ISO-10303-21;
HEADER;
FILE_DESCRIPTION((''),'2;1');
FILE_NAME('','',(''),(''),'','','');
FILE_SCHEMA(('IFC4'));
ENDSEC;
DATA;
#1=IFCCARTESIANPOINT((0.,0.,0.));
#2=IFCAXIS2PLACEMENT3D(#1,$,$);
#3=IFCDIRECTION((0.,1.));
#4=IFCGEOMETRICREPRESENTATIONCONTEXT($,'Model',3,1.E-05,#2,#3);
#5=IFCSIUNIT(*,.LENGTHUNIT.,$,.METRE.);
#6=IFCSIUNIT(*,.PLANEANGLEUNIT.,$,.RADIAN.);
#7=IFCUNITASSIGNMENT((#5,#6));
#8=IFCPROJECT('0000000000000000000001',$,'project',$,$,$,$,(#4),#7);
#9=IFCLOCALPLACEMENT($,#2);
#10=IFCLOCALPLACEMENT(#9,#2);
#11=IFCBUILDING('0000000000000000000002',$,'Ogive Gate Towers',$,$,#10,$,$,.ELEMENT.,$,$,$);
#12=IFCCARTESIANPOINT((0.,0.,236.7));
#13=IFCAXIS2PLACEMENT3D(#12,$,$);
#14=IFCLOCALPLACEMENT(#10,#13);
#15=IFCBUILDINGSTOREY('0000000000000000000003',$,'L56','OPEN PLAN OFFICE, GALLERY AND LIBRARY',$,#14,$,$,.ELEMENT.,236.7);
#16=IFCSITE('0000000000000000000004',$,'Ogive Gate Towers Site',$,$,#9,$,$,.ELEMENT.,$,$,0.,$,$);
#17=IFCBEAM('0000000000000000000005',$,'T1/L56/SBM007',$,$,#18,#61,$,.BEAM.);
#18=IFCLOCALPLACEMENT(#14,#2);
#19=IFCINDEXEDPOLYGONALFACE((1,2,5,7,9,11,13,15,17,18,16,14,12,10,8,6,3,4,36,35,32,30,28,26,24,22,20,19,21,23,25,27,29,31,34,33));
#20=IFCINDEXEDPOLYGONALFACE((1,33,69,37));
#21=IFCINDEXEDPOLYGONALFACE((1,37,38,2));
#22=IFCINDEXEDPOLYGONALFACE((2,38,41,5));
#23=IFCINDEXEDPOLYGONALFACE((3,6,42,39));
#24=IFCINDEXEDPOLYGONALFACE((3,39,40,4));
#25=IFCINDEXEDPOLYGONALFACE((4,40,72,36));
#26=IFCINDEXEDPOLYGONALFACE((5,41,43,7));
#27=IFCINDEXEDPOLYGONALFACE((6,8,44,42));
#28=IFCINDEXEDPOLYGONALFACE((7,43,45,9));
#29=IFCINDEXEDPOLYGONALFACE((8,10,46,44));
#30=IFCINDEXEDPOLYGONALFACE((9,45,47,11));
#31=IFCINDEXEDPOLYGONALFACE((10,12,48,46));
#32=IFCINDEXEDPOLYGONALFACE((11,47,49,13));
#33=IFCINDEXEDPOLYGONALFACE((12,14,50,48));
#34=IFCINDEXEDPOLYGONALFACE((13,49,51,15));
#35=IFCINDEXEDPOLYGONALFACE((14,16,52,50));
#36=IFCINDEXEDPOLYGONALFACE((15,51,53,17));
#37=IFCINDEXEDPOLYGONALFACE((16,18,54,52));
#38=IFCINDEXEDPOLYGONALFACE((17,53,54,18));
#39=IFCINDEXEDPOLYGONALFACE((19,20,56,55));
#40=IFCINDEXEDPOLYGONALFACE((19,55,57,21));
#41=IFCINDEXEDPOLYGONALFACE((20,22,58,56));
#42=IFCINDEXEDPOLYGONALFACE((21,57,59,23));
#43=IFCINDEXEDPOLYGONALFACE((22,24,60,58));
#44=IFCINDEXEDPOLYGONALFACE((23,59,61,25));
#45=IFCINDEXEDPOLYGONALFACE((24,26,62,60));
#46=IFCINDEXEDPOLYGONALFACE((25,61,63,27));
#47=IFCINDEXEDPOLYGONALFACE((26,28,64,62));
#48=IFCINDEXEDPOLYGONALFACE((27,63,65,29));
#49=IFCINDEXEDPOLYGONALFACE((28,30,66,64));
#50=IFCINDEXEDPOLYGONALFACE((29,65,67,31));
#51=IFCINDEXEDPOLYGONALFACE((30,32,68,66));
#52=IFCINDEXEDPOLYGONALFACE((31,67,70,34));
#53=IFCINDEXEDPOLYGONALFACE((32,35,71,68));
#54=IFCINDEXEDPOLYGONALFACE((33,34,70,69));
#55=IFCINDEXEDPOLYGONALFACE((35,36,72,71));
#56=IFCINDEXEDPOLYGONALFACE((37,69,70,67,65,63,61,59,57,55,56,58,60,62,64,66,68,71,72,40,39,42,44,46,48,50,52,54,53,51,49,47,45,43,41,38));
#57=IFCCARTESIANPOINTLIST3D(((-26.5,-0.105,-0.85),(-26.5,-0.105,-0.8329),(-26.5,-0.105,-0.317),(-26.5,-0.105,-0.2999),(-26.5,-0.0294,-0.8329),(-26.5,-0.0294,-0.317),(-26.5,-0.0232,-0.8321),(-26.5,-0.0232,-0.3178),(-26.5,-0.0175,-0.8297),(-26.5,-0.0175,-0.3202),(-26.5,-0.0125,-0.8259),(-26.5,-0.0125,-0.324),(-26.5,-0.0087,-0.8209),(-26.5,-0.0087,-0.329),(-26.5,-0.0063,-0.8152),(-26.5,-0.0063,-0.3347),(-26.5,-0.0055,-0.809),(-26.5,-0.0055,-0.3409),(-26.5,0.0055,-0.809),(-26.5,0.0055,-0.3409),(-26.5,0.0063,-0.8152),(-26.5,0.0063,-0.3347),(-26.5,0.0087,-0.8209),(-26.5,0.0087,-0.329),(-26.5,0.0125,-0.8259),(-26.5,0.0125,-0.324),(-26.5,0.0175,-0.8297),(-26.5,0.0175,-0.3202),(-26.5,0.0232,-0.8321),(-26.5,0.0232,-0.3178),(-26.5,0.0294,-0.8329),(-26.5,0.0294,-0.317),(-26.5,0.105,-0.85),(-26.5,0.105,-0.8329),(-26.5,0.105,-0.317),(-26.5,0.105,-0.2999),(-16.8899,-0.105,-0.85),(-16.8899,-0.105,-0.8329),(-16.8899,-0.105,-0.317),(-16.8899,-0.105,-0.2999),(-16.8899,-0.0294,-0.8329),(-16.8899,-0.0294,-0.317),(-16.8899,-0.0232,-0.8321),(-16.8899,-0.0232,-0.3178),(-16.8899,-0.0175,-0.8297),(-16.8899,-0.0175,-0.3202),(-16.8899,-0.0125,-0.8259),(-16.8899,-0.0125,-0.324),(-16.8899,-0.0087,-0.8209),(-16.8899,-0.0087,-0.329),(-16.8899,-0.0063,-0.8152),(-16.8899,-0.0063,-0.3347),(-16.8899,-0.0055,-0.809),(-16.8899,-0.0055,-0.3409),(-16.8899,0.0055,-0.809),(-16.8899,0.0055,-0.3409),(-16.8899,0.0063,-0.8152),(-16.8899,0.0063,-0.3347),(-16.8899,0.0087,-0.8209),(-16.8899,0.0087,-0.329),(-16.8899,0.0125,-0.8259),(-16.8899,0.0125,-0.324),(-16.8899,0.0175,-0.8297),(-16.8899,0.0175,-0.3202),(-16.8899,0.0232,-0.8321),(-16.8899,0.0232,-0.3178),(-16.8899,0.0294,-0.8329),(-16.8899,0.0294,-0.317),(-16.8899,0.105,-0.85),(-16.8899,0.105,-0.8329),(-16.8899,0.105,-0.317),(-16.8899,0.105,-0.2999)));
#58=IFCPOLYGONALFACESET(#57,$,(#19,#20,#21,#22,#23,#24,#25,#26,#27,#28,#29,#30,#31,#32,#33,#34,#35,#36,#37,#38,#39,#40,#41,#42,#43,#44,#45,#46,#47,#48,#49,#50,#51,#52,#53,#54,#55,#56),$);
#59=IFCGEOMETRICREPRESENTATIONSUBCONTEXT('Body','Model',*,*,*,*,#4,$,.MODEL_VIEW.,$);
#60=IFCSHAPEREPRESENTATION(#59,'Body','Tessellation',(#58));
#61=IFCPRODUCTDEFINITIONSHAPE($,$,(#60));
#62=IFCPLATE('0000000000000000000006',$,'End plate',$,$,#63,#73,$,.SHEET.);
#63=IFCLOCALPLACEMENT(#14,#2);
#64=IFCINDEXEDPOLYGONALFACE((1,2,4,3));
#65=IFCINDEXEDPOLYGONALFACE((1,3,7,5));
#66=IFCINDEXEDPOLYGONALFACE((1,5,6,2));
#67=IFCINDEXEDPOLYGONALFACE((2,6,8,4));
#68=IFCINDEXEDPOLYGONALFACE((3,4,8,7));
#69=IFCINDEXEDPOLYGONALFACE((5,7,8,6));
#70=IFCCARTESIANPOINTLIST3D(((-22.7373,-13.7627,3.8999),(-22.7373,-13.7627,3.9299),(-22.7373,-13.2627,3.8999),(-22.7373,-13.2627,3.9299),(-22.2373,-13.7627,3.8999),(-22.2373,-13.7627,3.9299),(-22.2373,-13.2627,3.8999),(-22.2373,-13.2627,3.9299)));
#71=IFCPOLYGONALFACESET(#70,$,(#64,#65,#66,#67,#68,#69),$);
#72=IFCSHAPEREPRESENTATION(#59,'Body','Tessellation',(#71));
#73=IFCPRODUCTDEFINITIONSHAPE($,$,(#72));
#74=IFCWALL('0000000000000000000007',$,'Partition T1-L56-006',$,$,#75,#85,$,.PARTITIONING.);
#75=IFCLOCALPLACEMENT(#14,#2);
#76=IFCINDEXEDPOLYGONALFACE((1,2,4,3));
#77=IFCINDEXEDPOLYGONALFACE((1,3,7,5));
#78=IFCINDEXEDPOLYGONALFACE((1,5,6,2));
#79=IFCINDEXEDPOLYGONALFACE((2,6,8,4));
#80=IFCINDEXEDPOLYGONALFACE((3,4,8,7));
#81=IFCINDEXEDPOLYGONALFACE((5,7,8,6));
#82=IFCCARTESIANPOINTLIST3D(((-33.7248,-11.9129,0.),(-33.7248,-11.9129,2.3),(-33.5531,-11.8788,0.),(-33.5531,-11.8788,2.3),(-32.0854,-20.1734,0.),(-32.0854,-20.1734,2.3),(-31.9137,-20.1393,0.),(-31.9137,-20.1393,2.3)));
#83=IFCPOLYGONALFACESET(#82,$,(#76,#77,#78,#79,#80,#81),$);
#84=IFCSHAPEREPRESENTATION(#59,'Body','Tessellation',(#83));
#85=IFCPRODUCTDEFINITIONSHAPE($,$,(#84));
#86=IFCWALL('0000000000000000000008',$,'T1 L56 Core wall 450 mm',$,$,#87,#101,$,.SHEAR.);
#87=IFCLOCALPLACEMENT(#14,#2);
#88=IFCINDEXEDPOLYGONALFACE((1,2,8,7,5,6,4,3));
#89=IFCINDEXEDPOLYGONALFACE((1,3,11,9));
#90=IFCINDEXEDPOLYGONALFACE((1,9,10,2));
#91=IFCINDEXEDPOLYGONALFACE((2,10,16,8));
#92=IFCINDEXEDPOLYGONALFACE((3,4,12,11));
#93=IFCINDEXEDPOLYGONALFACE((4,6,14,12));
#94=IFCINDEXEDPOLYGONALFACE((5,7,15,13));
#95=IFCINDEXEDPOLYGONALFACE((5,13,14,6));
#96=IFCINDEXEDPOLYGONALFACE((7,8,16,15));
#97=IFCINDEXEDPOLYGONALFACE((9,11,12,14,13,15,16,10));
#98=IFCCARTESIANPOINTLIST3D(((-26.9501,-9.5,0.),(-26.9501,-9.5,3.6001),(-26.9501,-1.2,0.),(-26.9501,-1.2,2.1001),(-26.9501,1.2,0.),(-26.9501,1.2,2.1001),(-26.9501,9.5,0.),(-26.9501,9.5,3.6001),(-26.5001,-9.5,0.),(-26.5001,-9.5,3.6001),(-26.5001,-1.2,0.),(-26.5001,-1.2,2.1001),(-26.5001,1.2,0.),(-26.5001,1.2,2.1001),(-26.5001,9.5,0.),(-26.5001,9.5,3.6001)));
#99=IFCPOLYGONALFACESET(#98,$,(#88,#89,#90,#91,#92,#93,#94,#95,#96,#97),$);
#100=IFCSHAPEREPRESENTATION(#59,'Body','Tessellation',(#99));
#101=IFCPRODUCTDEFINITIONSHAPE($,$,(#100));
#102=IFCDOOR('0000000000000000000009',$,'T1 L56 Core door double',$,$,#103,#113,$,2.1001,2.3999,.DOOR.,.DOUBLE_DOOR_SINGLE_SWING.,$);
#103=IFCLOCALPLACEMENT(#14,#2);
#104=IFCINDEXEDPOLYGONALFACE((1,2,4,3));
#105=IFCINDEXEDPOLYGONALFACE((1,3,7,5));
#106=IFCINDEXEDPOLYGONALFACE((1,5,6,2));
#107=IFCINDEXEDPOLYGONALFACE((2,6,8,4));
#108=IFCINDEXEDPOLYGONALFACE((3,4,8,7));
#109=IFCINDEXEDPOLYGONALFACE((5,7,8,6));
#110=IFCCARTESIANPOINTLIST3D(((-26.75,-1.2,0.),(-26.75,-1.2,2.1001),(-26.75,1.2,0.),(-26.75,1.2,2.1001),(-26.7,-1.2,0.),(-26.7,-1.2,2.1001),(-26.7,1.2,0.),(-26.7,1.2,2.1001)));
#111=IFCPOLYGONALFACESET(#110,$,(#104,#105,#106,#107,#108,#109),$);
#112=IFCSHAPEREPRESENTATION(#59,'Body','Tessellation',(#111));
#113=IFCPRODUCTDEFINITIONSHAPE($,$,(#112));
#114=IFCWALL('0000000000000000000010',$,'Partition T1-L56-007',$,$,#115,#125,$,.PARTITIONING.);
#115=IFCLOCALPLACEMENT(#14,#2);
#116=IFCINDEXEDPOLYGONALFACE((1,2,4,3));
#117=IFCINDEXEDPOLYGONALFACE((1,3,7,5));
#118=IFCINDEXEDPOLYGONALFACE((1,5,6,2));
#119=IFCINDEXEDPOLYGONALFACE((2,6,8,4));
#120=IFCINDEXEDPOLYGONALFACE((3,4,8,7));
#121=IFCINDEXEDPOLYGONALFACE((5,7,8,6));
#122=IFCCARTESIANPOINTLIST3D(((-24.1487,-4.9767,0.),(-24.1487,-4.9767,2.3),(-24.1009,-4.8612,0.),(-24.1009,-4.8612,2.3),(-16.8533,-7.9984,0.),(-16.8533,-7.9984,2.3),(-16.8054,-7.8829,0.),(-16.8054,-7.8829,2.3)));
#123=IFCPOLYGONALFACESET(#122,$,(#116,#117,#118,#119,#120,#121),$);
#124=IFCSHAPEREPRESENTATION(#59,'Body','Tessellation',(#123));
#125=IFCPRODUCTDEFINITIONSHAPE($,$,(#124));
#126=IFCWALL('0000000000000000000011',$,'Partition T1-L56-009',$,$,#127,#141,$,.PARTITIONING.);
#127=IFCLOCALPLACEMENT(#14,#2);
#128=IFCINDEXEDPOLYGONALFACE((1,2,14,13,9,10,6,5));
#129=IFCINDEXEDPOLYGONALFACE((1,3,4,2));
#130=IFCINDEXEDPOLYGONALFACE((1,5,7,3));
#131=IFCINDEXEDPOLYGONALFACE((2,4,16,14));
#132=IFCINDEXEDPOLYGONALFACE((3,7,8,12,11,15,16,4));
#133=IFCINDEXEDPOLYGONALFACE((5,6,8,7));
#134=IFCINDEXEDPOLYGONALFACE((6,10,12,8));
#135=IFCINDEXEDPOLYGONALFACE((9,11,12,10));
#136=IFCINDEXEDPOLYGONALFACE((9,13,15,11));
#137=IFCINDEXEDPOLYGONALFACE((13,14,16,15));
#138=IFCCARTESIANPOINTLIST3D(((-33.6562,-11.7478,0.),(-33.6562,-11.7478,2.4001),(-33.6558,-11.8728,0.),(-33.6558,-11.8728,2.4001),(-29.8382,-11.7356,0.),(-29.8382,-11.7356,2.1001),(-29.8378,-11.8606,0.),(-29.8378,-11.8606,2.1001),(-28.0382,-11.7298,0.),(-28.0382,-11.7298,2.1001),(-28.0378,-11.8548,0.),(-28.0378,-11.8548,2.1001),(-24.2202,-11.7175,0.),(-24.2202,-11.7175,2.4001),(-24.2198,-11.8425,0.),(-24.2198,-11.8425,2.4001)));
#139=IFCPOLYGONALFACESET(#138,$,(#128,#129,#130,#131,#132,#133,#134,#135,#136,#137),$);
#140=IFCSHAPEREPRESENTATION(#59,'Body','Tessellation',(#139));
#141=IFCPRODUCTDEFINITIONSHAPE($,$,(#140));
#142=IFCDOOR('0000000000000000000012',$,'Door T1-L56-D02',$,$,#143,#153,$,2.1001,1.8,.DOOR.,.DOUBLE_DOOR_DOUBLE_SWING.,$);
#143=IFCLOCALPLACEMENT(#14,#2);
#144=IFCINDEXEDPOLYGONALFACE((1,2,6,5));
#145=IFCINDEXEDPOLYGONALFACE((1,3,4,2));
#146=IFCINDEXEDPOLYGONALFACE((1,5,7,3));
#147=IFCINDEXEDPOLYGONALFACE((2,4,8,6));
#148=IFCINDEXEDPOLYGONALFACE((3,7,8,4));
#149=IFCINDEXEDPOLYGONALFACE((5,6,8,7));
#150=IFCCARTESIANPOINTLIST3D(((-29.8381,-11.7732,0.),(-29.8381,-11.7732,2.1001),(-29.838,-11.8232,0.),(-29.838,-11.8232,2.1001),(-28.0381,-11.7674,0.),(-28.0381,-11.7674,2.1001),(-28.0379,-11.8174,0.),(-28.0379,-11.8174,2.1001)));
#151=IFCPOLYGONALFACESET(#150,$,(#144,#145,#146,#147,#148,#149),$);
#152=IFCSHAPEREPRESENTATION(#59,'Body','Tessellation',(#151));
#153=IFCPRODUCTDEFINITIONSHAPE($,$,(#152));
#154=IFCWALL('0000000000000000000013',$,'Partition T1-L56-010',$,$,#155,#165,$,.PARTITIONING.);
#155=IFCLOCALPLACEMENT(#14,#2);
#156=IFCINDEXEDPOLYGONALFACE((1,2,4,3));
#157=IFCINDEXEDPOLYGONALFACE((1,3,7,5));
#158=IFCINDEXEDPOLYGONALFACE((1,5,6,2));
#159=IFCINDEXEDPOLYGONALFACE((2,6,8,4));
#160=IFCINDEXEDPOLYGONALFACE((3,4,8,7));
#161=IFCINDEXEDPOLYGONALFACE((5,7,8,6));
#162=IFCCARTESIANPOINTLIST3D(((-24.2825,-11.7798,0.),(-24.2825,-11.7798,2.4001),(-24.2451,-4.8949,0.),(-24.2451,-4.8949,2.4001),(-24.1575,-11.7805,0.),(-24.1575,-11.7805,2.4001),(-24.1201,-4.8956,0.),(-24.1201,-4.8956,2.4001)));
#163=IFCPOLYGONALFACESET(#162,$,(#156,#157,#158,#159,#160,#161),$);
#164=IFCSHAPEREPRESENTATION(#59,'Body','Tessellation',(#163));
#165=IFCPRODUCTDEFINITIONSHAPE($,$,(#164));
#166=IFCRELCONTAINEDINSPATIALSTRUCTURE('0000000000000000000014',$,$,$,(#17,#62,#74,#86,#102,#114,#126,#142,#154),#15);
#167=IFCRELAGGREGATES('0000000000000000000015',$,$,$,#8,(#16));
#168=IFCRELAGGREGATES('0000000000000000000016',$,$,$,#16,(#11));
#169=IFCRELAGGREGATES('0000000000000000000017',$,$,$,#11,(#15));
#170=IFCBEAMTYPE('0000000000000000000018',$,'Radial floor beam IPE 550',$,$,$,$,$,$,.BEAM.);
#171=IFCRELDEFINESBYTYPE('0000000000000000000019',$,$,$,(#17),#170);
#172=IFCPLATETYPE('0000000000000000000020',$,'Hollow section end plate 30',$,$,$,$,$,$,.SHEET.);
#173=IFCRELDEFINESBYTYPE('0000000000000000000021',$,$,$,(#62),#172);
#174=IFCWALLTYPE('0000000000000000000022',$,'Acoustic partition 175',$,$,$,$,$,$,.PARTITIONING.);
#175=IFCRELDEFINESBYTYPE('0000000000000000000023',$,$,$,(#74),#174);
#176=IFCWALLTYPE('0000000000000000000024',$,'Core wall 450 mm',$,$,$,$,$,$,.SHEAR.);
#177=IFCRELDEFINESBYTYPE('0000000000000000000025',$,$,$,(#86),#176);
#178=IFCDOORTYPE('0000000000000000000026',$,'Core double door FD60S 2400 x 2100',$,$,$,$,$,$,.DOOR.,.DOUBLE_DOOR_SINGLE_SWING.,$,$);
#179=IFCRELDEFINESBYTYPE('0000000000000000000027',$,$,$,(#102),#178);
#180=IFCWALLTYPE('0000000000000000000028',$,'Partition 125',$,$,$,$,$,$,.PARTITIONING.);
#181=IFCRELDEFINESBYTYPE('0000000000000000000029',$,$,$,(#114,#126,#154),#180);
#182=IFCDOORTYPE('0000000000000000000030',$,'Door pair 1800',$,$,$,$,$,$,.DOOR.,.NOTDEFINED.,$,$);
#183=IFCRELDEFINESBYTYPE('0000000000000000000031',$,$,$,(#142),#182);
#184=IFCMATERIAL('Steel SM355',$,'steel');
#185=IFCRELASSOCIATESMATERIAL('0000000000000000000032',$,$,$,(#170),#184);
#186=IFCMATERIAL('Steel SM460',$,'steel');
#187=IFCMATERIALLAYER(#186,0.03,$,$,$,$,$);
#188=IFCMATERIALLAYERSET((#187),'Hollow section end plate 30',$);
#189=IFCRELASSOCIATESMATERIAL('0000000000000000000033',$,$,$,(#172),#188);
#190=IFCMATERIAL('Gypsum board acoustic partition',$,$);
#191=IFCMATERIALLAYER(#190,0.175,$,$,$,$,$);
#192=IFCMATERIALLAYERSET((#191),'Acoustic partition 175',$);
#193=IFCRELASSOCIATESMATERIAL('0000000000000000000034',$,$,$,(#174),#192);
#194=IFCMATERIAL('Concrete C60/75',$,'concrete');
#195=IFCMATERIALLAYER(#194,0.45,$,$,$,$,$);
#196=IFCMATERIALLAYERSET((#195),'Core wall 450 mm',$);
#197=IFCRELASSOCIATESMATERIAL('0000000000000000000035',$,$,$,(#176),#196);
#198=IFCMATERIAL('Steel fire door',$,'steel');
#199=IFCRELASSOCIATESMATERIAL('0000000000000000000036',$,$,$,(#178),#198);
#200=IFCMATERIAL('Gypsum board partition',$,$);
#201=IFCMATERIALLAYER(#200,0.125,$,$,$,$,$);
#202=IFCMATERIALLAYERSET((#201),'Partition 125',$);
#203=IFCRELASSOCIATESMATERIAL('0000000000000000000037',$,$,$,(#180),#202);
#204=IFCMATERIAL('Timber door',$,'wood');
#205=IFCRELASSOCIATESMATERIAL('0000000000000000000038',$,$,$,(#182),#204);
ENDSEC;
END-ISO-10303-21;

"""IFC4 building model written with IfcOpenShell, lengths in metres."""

from ifc_helpers import new_model, si_unit, direction, frame, frame_2d, origin, origin_2d, place, context, subcontext, project, spatial, polyline, rectangle, i_section, outline, extrude, material, layer, layer_set, material_profile, profile_set, type_object, element, fill, save


model = new_model("IFC4")

# Units and contexts
model_context = context("Model", 3, precision=1e-05, world=origin(), true_north=direction((0.0, 1.0)))
body_context = subcontext(model_context, "Body", "Model", "MODEL_VIEW")
ifc_project = project(units=[si_unit("LENGTHUNIT", "METRE"), si_unit("PLANEANGLEUNIT", "RADIAN")], contexts=[model_context])

# Site, building, storey
site_placement = place(None, origin())
site = spatial("IfcSite", under=ifc_project, at=site_placement, Name="Ogive Gate Towers Site", CompositionType="ELEMENT", RefElevation=0.0)
building_placement = place(site_placement, origin())
building = spatial("IfcBuilding", under=site, at=building_placement, Name="Ogive Gate Towers", CompositionType="ELEMENT")
storey_placement = place(building_placement, frame((0.0, 0.0, 236.7)))
storey = spatial("IfcBuildingStorey", under=building, at=storey_placement, Name="L56", Description="OPEN PLAN OFFICE, GALLERY AND LIBRARY", CompositionType="ELEMENT", Elevation=236.7)

# Shared definitions
ifc_material_1 = material(Name="Steel SM460", Category="steel")

# Beam
ifc_material_2 = material(Name="Steel SM355", Category="steel")
ifc_material_profile_1 = material_profile(ifc_material_2, i_section(OverallWidth=0.21, OverallDepth=0.55, WebThickness=0.011, FlangeThickness=0.0171, FilletRadius=0.0239, at=origin_2d()), Name="IPE 550")
ifc_profile_set_1 = profile_set([ifc_material_profile_1], Name="Steel SM355")
beam_type_1 = type_object("IfcBeamType", Name="Radial floor beam IPE 550", PredefinedType="BEAM", material=ifc_profile_set_1)
beam_1_placement = place(storey_placement, frame((-26.5, 0.0, -0.575), z_axis=(1.0, 0.0, 0.0), x_axis=(0.0, 1.0, 0.0)))
element("IfcBeam", 1, at=beam_1_placement, inside=storey, type_object=beam_type_1, Name="T1/L56/SBM007", PredefinedType="BEAM", context=body_context, shape_type="SweptSolid", body=[
    extrude(i_section(OverallWidth=0.21, OverallDepth=0.55, WebThickness=0.011, FlangeThickness=0.0171, FilletRadius=0.0239, at=origin_2d()), origin(), (0.0, 0.0, 1.0), 9.6101),
])

# Plate
ifc_layer_1 = layer(ifc_material_1, 0.03)
ifc_layer_set_1 = layer_set([ifc_layer_1], Name="Hollow section end plate 30")
plate_type = type_object("IfcPlateType", Name="Hollow section end plate 30", PredefinedType="SHEET", material=ifc_layer_set_1)
plate_placement = place(storey_placement, frame((-22.7373, -13.7627, 3.9299), z_axis=(0.0, 0.0, 1.0), x_axis=(1.0, 0.0, 0.0)))
element("IfcPlate", 2, at=plate_placement, inside=storey, type_object=plate_type, Name="End plate", PredefinedType="SHEET", context=body_context, shape_type="SweptSolid", body=[
    extrude(outline(polyline([(0.0, 0.0), (0.5, 0.0), (0.5, 0.5), (0.0, 0.5), (0.0, 0.0)])), origin(), (0.0, 0.0, -1.0), 0.03),
])

# Wall
ifc_material_3 = material(Name="Gypsum board acoustic partition")
ifc_layer_2 = layer(ifc_material_3, 0.175)
ifc_layer_set_2 = layer_set([ifc_layer_2], Name="Acoustic partition 175")
wall_type_1 = type_object("IfcWallType", Name="Acoustic partition 175", PredefinedType="PARTITIONING", material=ifc_layer_set_2)
wall_1_placement = place(storey_placement, frame((-31.9995, -20.1565, 0.0), z_axis=(0.0, 0.0, 1.0), x_axis=(-0.194666, 0.98087, 0.0)))
element("IfcWall", 3, at=wall_1_placement, inside=storey, type_object=wall_type_1, Name="Partition T1-L56-006", PredefinedType="PARTITIONING", context=body_context, shape_type="SweptSolid", body=[
    extrude(rectangle(XDim=8.4216, YDim=0.175, at=frame_2d((4.2109, 0.0))), origin(), (0.0, 0.0, 1.0), 2.3),
])

# Wall, opening, door
ifc_material_4 = material(Name="Concrete C60/75", Category="concrete")
ifc_layer_3 = layer(ifc_material_4, 0.45)
ifc_layer_set_3 = layer_set([ifc_layer_3], Name="Core wall 450 mm")
wall_type_2 = type_object("IfcWallType", Name="Core wall 450 mm", PredefinedType="SHEAR", material=ifc_layer_set_3)
wall_2_placement = place(storey_placement, frame((-26.7251, -9.5, 0.0), z_axis=(0.0, 0.0, 1.0), x_axis=(0.0, 1.0, 0.0)))
wall_2 = element("IfcWall", 4, at=wall_2_placement, inside=storey, type_object=wall_type_2, Name="T1 L56 Core wall 450 mm", PredefinedType="SHEAR", context=body_context, shape_type="SweptSolid", body=[
    extrude(rectangle(XDim=19.0, YDim=0.45, at=frame_2d((9.5, 0.0))), origin(), (0.0, 0.0, 1.0), 3.6001),
])
opening_1_placement = place(wall_2_placement, frame((8.3, 0.0, 0.0)))
opening_1 = element("IfcOpeningElement", 5, at=opening_1_placement, cuts=wall_2, PredefinedType="OPENING", context=body_context, shape_type="SweptSolid", body=[
    extrude(rectangle(XDim=2.3999, YDim=2.1001, at=frame_2d((1.2, 1.05))), frame((0.0, 0.2349, 0.0), z_axis=(0.0, -1.0, 0.0), x_axis=(1.0, 0.0, 0.0)), (0.0, 0.0, 1.0), 0.47),
])
ifc_material_5 = material(Name="Steel fire door", Category="steel")
door_type_1 = type_object("IfcDoorType", Name="Core double door FD60S 2400 x 2100", OperationType="DOUBLE_DOOR_SINGLE_SWING", PredefinedType="DOOR", material=ifc_material_5)
door_1_placement = place(opening_1_placement, origin())
door_1 = element("IfcDoor", 6, at=door_1_placement, inside=storey, type_object=door_type_1, Name="T1 L56 Core door double", OperationType="DOUBLE_DOOR_SINGLE_SWING", OverallHeight=2.1001, OverallWidth=2.3999, PredefinedType="DOOR", context=body_context, shape_type="SweptSolid", body=[
    extrude(rectangle(XDim=2.3999, YDim=2.1001, at=frame_2d((1.2, 1.05))), frame((0.0, 0.0249, 0.0), z_axis=(0.0, -1.0, 0.0), x_axis=(1.0, 0.0, 0.0)), (0.0, 0.0, 1.0), 0.05),
])
fill(opening_1, door_1)

# Wall
ifc_material_6 = material(Name="Gypsum board partition")
ifc_layer_4 = layer(ifc_material_6, 0.125)
ifc_layer_set_4 = layer_set([ifc_layer_4], Name="Partition 125")
wall_type_3 = type_object("IfcWallType", Name="Partition 125", PredefinedType="PARTITIONING", material=ifc_layer_set_4)
wall_3_placement = place(storey_placement, frame((-16.8293, -7.9407, 0.0), z_axis=(0.0, 0.0, 1.0), x_axis=(-0.923885, 0.382669, 0.0)))
element("IfcWall", 7, at=wall_3_placement, inside=storey, type_object=wall_type_3, Name="Partition T1-L56-007", PredefinedType="PARTITIONING", context=body_context, shape_type="SweptSolid", body=[
    extrude(rectangle(XDim=7.8965, YDim=0.125, at=frame_2d((3.9482, 0.0))), origin(), (0.0, 0.0, 1.0), 2.3),
])

# Wall, opening, door
wall_4_placement = place(storey_placement, frame((-33.656, -11.8103, 0.0), z_axis=(0.0, 0.0, 1.0), x_axis=(0.999995, 0.003208, 0.0)))
wall_4 = element("IfcWall", 8, at=wall_4_placement, inside=storey, type_object=wall_type_3, Name="Partition T1-L56-009", PredefinedType="PARTITIONING", context=body_context, shape_type="SweptSolid", body=[
    extrude(rectangle(XDim=9.436, YDim=0.125, at=frame_2d((4.718, 0.0))), origin(), (0.0, 0.0, 1.0), 2.4001),
])
opening_2_placement = place(wall_4_placement, frame((3.8181, 0.0, 0.0)))
opening_2 = element("IfcOpeningElement", 9, at=opening_2_placement, cuts=wall_4, PredefinedType="OPENING", context=body_context, shape_type="SweptSolid", body=[
    extrude(rectangle(XDim=1.8, YDim=2.1001, at=frame_2d((0.8999, 1.05))), frame((0.0, 0.0725, 0.0), z_axis=(0.0, -1.0, 0.0), x_axis=(1.0, 0.0, 0.0)), (0.0, 0.0, 1.0), 0.145),
])
ifc_material_7 = material(Name="Timber door", Category="wood")
door_type_2 = type_object("IfcDoorType", Name="Door pair 1800", OperationType="NOTDEFINED", PredefinedType="DOOR", material=ifc_material_7)
door_2_placement = place(opening_2_placement, origin())
door_2 = element("IfcDoor", 10, at=door_2_placement, inside=storey, type_object=door_type_2, Name="Door T1-L56-D02", OperationType="DOUBLE_DOOR_DOUBLE_SWING", OverallHeight=2.1001, OverallWidth=1.8, PredefinedType="DOOR", context=body_context, shape_type="SweptSolid", body=[
    extrude(rectangle(XDim=1.8, YDim=2.1001, at=frame_2d((0.8999, 1.05))), frame((0.0, 0.0249, 0.0), z_axis=(0.0, -1.0, 0.0), x_axis=(1.0, 0.0, 0.0)), (0.0, 0.0, 1.0), 0.05),
])
fill(opening_2, door_2)

# Wall
wall_5_placement = place(storey_placement, frame((-24.22, -11.78, 0.0), z_axis=(0.0, 0.0, 1.0), x_axis=(0.005425, 0.999985, 0.0)))
element("IfcWall", 11, at=wall_5_placement, inside=storey, type_object=wall_type_3, Name="Partition T1-L56-010", PredefinedType="PARTITIONING", context=body_context, shape_type="SweptSolid", body=[
    extrude(rectangle(XDim=6.885, YDim=0.125, at=frame_2d((3.4424, 0.0))), origin(), (0.0, 0.0, 1.0), 2.4001),
])

save(model, "model.ifc")
